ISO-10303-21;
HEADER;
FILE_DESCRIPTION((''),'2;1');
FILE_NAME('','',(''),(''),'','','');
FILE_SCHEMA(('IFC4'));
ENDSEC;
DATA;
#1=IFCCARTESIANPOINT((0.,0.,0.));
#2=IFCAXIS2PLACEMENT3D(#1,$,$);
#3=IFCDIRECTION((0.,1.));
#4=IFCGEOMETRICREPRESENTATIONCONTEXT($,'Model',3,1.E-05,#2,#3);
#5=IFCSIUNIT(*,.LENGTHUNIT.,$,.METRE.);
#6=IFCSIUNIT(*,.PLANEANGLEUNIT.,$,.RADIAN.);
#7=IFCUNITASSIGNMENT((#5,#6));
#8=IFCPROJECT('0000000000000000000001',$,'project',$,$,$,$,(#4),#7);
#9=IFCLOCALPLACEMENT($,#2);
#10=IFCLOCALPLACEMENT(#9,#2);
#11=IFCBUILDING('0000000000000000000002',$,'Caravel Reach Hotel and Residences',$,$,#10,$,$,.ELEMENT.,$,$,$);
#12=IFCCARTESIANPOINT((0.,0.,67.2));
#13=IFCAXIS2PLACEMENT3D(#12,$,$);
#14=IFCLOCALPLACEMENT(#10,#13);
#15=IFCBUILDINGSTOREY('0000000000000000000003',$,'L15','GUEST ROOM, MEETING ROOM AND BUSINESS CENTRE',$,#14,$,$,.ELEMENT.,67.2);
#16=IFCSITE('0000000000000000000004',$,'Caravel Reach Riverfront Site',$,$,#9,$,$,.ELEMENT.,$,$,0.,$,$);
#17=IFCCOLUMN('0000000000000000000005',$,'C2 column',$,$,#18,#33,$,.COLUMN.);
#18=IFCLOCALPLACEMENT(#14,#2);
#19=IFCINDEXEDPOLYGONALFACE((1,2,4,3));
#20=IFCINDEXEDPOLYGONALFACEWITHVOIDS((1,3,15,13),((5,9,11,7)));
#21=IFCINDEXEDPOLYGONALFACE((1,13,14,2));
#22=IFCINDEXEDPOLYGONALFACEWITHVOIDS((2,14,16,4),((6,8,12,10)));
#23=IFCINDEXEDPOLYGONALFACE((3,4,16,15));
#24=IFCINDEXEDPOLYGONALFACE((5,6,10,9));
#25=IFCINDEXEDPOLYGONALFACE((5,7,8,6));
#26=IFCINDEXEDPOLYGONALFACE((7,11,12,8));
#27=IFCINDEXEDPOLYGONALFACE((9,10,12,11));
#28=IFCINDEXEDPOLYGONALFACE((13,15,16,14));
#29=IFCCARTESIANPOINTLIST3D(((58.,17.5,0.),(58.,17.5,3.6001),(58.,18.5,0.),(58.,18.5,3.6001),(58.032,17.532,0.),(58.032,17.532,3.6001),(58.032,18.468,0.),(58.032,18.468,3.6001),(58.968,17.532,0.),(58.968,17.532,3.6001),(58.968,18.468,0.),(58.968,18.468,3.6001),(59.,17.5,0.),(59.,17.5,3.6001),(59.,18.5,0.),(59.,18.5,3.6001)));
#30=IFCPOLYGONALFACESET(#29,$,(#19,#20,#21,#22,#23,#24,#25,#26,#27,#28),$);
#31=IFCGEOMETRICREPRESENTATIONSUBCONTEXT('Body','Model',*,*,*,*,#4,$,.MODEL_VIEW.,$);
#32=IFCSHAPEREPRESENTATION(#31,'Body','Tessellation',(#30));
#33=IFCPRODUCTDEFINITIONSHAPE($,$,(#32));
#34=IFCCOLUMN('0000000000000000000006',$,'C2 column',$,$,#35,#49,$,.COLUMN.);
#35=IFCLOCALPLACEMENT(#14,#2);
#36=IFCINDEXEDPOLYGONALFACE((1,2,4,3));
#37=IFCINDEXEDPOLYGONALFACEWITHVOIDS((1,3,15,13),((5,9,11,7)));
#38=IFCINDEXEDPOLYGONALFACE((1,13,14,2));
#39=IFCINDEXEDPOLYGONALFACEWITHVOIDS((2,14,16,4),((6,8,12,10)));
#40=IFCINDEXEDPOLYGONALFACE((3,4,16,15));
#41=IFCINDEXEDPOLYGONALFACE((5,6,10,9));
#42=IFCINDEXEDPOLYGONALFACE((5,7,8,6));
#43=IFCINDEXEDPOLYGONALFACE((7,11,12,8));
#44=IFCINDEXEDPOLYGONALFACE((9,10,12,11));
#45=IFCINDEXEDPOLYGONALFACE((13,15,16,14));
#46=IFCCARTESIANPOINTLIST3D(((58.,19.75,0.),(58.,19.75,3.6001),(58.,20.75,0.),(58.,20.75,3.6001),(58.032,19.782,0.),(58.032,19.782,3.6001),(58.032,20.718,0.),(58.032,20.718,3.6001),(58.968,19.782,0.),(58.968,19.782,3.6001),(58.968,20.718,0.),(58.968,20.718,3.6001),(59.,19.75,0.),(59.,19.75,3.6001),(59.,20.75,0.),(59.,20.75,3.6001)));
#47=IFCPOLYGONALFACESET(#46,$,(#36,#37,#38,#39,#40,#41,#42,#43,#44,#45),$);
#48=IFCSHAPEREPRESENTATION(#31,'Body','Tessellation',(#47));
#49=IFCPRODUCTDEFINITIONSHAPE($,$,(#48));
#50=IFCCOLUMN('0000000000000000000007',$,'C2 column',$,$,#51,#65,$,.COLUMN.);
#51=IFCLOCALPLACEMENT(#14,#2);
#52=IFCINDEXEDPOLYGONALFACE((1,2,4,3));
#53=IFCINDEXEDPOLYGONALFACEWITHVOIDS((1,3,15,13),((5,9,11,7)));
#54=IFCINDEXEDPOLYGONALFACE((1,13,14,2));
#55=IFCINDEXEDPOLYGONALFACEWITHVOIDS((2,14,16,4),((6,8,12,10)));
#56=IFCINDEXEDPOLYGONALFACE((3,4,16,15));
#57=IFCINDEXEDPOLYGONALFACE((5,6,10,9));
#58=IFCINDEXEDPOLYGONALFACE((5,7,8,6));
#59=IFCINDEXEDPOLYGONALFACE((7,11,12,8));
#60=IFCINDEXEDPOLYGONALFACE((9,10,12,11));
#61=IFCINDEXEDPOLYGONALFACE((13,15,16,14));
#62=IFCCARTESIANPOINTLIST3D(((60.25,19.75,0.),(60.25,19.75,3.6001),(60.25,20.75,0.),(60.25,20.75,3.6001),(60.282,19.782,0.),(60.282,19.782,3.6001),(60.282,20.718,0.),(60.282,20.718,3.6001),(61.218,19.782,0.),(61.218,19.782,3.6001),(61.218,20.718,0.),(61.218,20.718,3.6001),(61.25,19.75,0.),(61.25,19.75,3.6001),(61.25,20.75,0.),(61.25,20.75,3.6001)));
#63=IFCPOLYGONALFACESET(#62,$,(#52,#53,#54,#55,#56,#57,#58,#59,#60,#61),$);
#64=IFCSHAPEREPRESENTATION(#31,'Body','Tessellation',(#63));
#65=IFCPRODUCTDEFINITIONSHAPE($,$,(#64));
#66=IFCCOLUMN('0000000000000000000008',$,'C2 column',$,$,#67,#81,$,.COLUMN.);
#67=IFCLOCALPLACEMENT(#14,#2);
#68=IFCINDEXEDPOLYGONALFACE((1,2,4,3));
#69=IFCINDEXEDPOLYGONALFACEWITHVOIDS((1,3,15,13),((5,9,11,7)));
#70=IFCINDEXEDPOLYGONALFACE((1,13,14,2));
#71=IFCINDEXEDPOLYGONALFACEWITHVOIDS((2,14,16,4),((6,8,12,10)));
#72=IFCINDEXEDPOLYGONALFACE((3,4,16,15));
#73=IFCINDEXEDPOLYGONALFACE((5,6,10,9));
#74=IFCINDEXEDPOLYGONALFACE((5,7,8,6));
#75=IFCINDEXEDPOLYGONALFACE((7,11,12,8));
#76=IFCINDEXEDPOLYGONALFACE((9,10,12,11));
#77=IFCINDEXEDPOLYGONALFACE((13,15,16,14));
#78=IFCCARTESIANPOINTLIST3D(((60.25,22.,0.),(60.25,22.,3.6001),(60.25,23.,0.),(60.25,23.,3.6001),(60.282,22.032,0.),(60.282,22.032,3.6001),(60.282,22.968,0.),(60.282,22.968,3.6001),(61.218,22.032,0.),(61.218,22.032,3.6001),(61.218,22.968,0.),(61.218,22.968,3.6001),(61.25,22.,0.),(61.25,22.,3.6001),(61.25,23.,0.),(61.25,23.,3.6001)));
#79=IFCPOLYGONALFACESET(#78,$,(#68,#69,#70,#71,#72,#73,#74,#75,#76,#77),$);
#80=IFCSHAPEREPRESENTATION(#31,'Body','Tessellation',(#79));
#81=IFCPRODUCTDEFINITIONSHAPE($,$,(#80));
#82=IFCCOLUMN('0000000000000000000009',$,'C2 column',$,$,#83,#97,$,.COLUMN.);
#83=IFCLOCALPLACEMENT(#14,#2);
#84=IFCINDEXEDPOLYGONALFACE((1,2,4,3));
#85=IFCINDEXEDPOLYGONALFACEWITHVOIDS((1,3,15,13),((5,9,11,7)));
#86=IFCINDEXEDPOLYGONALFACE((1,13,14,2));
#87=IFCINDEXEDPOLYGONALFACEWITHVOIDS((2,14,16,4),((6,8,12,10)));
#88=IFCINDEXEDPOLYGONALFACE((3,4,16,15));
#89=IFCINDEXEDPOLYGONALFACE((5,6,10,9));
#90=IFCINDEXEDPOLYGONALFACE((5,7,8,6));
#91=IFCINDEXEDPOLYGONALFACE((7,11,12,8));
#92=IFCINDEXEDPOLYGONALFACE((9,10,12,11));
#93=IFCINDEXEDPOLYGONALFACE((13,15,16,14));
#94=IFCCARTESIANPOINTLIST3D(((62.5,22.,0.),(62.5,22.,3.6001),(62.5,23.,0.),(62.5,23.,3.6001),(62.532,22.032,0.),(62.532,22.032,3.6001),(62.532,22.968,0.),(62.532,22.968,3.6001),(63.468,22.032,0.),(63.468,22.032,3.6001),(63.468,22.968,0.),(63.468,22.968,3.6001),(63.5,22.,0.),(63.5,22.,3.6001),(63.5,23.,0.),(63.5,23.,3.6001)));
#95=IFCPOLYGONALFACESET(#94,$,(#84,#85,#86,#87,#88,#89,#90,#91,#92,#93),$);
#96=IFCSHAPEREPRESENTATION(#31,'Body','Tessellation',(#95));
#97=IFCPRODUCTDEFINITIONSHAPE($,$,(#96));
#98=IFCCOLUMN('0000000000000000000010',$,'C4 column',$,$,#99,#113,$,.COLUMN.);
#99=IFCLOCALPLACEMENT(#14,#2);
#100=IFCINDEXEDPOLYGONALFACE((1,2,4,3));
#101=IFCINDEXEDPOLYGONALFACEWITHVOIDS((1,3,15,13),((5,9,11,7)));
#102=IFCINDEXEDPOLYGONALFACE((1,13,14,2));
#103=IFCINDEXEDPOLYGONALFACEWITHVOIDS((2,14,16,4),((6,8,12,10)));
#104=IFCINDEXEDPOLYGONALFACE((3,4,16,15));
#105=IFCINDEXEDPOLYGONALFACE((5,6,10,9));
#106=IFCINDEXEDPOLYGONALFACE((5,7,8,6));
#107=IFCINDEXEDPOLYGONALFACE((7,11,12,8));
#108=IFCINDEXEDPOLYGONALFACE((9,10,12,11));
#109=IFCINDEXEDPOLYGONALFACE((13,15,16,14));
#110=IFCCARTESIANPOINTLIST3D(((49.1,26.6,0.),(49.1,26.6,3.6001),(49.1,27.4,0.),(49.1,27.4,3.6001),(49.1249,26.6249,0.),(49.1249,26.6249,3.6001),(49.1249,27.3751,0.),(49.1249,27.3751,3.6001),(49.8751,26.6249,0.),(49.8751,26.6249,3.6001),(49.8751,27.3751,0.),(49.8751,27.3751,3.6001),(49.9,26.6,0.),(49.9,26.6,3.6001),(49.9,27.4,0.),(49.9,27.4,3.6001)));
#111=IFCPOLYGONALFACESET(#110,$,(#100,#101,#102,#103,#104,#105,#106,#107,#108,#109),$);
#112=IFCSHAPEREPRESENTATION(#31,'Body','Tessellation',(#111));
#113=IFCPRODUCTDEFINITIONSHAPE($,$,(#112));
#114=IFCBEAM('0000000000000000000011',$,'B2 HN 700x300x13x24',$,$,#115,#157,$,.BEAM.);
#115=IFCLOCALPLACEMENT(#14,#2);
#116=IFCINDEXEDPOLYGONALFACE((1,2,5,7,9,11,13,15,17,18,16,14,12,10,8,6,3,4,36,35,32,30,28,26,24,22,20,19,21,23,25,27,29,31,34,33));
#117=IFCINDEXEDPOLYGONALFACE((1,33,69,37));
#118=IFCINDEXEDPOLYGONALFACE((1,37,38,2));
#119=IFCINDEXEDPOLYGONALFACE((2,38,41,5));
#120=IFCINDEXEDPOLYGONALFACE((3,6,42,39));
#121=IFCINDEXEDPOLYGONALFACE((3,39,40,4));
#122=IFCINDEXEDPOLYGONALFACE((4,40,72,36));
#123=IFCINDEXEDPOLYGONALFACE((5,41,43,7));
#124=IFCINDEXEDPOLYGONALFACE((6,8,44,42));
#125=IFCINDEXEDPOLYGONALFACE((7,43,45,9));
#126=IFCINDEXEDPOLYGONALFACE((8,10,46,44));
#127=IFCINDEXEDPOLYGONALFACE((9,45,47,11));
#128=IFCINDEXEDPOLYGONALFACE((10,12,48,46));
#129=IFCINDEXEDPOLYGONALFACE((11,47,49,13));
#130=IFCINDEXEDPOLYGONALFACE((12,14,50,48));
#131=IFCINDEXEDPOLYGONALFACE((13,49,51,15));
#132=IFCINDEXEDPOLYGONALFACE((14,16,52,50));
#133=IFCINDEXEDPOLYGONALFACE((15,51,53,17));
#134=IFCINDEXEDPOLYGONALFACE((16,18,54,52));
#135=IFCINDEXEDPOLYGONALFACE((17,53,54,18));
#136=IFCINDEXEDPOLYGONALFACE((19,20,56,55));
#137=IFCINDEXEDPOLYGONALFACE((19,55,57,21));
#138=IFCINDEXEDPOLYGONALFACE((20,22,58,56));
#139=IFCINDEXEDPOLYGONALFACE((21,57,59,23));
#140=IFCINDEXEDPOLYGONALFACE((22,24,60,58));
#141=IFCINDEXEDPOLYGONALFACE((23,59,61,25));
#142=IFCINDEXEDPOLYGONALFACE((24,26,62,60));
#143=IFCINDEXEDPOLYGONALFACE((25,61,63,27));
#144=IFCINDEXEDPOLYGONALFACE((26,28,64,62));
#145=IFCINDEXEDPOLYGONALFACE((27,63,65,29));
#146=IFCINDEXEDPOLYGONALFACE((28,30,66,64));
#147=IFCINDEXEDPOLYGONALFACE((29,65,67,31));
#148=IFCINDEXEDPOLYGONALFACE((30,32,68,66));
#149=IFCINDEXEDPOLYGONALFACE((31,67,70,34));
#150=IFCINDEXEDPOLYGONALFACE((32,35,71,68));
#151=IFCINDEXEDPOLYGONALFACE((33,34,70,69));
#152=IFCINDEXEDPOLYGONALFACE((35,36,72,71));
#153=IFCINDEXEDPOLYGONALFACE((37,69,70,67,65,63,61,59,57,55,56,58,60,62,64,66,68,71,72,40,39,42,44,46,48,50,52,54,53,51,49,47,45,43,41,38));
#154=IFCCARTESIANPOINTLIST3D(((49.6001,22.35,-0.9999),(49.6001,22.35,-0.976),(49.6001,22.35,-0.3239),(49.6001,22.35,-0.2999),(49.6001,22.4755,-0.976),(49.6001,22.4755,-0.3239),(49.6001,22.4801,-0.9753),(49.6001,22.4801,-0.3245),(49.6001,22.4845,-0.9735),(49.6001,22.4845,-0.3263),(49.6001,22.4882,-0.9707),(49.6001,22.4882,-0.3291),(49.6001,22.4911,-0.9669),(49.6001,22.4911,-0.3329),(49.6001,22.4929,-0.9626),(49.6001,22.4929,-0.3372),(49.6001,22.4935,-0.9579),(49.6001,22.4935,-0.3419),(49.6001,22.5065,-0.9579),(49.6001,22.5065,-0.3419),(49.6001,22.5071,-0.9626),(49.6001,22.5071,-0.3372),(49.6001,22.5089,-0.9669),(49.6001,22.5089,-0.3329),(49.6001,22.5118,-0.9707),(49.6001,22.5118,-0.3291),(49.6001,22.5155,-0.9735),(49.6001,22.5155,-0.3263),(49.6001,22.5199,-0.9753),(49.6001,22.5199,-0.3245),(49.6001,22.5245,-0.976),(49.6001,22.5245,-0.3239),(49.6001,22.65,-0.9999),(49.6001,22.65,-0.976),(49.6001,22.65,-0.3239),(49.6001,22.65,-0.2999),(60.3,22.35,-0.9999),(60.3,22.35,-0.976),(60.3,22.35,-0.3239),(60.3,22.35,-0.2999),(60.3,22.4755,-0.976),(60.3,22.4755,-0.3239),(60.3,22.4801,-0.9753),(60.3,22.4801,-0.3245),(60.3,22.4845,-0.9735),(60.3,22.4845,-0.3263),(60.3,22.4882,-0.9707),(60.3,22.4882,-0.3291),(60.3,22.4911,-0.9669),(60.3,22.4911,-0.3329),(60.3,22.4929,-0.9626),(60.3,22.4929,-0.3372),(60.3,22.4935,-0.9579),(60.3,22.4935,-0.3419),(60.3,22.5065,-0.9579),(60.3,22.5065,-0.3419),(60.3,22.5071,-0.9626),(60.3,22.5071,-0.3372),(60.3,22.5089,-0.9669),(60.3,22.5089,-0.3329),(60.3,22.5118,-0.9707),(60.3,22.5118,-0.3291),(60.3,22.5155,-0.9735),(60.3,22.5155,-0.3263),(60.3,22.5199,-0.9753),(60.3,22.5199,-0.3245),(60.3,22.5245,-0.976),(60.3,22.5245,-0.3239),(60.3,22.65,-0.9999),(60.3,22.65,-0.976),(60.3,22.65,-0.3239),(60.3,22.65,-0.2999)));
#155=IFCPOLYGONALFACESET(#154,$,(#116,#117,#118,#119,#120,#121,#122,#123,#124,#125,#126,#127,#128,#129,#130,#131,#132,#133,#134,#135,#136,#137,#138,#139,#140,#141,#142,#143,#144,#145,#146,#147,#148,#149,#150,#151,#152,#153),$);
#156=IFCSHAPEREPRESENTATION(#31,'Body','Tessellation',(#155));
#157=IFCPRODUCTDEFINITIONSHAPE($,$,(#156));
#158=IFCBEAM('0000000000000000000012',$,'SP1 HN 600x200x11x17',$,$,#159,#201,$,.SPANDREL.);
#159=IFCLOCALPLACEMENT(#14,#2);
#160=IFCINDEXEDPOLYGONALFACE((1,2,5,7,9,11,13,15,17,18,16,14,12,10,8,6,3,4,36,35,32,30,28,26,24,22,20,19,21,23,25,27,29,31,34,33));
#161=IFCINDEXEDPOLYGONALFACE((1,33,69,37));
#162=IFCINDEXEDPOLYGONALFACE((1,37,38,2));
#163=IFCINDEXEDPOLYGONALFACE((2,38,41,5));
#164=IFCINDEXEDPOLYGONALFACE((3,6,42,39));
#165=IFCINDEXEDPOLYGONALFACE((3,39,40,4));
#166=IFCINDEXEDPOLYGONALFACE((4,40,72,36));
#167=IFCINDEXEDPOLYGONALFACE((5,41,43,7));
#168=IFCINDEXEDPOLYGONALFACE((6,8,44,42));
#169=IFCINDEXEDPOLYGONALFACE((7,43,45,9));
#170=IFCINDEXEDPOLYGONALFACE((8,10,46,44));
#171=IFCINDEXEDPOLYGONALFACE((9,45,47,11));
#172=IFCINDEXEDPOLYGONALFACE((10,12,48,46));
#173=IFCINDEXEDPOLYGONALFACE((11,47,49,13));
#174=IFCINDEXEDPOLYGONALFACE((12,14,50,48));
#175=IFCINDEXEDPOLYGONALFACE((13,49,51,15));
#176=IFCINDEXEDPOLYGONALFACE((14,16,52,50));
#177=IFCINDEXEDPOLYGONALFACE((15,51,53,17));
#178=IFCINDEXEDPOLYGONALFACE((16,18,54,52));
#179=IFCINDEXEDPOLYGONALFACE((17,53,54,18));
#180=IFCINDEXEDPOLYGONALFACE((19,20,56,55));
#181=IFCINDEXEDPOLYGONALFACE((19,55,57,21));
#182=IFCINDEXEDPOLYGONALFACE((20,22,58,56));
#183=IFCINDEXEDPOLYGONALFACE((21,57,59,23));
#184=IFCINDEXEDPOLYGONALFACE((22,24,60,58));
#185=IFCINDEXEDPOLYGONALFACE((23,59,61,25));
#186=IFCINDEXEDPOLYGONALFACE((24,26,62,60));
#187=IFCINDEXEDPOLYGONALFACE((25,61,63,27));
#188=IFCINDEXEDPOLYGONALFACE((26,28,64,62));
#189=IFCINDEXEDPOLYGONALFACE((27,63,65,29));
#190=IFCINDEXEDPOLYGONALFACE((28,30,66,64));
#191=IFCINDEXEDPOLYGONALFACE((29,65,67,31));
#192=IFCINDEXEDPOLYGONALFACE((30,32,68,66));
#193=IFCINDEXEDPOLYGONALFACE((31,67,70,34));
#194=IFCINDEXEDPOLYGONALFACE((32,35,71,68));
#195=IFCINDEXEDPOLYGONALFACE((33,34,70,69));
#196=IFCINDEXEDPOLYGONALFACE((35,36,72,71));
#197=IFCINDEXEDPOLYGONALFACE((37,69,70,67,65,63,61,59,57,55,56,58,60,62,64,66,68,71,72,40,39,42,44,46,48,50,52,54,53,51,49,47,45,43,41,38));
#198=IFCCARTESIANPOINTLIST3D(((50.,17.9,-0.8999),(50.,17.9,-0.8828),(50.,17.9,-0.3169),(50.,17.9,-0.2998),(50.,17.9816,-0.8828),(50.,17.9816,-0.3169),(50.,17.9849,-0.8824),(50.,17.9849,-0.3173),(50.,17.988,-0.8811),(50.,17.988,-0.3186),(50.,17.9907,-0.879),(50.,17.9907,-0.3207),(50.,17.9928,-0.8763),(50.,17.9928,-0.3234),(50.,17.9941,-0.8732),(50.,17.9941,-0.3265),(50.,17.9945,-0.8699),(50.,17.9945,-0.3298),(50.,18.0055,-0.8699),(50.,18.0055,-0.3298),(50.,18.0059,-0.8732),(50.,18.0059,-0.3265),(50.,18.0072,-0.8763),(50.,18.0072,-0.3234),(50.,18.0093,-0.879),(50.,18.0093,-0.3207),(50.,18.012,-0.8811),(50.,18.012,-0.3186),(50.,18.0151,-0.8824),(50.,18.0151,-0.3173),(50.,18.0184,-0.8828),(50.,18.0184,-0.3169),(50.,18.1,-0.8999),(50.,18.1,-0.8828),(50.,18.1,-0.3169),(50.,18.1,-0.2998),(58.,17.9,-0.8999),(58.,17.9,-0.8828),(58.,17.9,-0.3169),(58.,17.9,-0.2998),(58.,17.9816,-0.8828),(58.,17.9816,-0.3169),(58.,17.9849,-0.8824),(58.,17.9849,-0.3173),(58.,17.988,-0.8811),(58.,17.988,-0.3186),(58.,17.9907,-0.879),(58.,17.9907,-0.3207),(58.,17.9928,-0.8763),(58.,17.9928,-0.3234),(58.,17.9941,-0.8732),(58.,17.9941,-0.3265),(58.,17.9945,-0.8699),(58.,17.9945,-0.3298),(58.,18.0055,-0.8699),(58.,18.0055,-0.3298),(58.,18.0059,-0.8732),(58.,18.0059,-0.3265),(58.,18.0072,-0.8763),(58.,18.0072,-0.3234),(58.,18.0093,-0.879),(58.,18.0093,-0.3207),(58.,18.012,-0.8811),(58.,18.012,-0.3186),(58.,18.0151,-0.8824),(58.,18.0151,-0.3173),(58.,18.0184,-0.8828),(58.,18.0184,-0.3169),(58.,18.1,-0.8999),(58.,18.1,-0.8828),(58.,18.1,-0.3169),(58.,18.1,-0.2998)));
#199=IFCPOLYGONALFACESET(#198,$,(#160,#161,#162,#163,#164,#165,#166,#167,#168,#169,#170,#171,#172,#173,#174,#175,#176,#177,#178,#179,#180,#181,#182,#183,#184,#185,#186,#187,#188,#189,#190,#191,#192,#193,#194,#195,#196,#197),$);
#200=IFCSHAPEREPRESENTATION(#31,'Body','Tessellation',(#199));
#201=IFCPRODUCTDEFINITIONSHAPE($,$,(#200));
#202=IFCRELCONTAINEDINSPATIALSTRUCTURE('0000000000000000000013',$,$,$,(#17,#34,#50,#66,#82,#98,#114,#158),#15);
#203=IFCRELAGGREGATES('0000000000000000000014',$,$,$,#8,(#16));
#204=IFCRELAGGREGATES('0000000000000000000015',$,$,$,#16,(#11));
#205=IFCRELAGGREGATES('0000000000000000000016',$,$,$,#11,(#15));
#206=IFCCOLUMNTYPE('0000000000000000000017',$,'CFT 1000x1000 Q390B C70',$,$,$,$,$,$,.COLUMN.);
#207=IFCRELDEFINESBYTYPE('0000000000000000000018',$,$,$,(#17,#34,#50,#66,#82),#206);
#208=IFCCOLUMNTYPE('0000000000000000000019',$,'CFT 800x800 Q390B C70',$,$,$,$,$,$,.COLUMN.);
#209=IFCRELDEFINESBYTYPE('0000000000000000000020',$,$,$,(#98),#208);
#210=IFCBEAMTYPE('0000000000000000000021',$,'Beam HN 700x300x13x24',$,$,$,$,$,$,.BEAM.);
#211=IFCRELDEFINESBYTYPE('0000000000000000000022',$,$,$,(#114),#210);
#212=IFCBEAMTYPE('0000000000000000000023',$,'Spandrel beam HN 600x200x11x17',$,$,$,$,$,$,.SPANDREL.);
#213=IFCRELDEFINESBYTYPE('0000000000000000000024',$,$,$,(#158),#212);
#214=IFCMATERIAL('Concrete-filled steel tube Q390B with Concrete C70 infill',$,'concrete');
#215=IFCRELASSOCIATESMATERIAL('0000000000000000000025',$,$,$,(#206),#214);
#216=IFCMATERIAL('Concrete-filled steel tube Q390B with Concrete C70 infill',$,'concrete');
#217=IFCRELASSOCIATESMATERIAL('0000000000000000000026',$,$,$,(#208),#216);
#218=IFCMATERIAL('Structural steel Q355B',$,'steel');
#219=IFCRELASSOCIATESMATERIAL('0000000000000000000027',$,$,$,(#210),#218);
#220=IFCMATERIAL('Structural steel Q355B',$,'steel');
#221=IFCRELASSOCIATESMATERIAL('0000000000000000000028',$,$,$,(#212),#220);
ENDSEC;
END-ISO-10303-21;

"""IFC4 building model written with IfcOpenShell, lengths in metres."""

from ifc_helpers import new_model, si_unit, direction, frame, origin, origin_2d, place, context, subcontext, project, spatial, hollow_rectangle, i_section, extrude, material, material_profile, profile_set, type_object, element, save


model = new_model("IFC4")

# Units and contexts
model_context = context("Model", 3, precision=1e-05, world=origin(), true_north=direction((0.0, 1.0)))
body_context = subcontext(model_context, "Body", "Model", "MODEL_VIEW")
ifc_project = project(units=[si_unit("LENGTHUNIT", "METRE"), si_unit("PLANEANGLEUNIT", "RADIAN")], contexts=[model_context])

# Site, building, storey
site_placement = place(None, origin())
site = spatial("IfcSite", under=ifc_project, at=site_placement, Name="Caravel Reach Riverfront Site", CompositionType="ELEMENT", RefElevation=0.0)
building_placement = place(site_placement, origin())
building = spatial("IfcBuilding", under=site, at=building_placement, Name="Caravel Reach Hotel and Residences", CompositionType="ELEMENT")
storey_placement = place(building_placement, frame((0.0, 0.0, 67.2)))
storey = spatial("IfcBuildingStorey", under=building, at=storey_placement, Name="L15", Description="GUEST ROOM, MEETING ROOM AND BUSINESS CENTRE", CompositionType="ELEMENT", Elevation=67.2)

# Columns
ifc_material_1 = material(Name="Concrete-filled steel tube Q390B with Concrete C70 infill", Category="concrete")
ifc_material_profile_1 = material_profile(ifc_material_1, hollow_rectangle(XDim=1.0, YDim=1.0, WallThickness=0.032, at=origin_2d()), Name="RHS 1000x1000x32")
ifc_profile_set_1 = profile_set([ifc_material_profile_1], Name="Concrete-filled steel tube Q390B with Concrete C70 infill")
column_type_1 = type_object("IfcColumnType", Name="CFT 1000x1000 Q390B C70", PredefinedType="COLUMN", material=ifc_profile_set_1)
for number, where, z_axis, x_axis, name in (
    (1, (58.5, 18.0, 0.0), (0.0, 0.0, 1.0), (1.0, 0.0, 0.0), "C2 column"),
    (2, (58.5, 20.25, 0.0), (0.0, 0.0, 1.0), (1.0, 0.0, 0.0), "C2 column"),
    (3, (60.75, 20.25, 0.0), (0.0, 0.0, 1.0), (1.0, 0.0, 0.0), "C2 column"),
    (4, (60.75, 22.5, 0.0), (0.0, 0.0, 1.0), (1.0, 0.0, 0.0), "C2 column"),
    (5, (63.0, 22.5, 0.0), (0.0, 0.0, 1.0), (1.0, 0.0, 0.0), "C2 column"),
):
    element("IfcColumn", number, at=place(storey_placement, frame(where, z_axis=z_axis, x_axis=x_axis)), inside=storey, type_object=column_type_1, Name=name, PredefinedType="COLUMN", context=body_context, shape_type="SweptSolid", body=[
        extrude(hollow_rectangle(XDim=1.0, YDim=1.0, WallThickness=0.032, at=origin_2d()), origin(), (0.0, 0.0, 1.0), 3.6001),
    ])
ifc_material_2 = material(Name="Concrete-filled steel tube Q390B with Concrete C70 infill", Category="concrete")
ifc_material_profile_2 = material_profile(ifc_material_2, hollow_rectangle(XDim=0.8, YDim=0.8, WallThickness=0.0249, at=origin_2d()), Name="RHS 800x800x25")
ifc_profile_set_2 = profile_set([ifc_material_profile_2], Name="Concrete-filled steel tube Q390B with Concrete C70 infill")
column_type_2 = type_object("IfcColumnType", Name="CFT 800x800 Q390B C70", PredefinedType="COLUMN", material=ifc_profile_set_2)
column_placement = place(storey_placement, frame((49.5, 27.0, 0.0), z_axis=(0.0, 0.0, 1.0), x_axis=(1.0, 0.0, 0.0)))
element("IfcColumn", 6, at=column_placement, inside=storey, type_object=column_type_2, Name="C4 column", PredefinedType="COLUMN", context=body_context, shape_type="SweptSolid", body=[
    extrude(hollow_rectangle(XDim=0.8, YDim=0.8, WallThickness=0.0249, at=origin_2d()), origin(), (0.0, 0.0, 1.0), 3.6001),
])

# Beams
ifc_material_3 = material(Name="Structural steel Q355B", Category="steel")
ifc_material_profile_3 = material_profile(ifc_material_3, i_section(OverallWidth=0.3, OverallDepth=0.7, WebThickness=0.0129, FlangeThickness=0.0239, FilletRadius=0.0181, at=origin_2d()), Name="HN 700x300x13x24")
ifc_profile_set_3 = profile_set([ifc_material_profile_3], Name="Structural steel Q355B")
beam_type_1 = type_object("IfcBeamType", Name="Beam HN 700x300x13x24", PredefinedType="BEAM", material=ifc_profile_set_3)
beam_1_placement = place(storey_placement, frame((49.6001, 22.5, -0.6499), z_axis=(1.0, 0.0, 0.0), x_axis=(0.0, 1.0, 0.0)))
element("IfcBeam", 7, at=beam_1_placement, inside=storey, type_object=beam_type_1, Name="B2 HN 700x300x13x24", PredefinedType="BEAM", context=body_context, shape_type="SweptSolid", body=[
    extrude(i_section(OverallWidth=0.3, OverallDepth=0.7, WebThickness=0.0129, FlangeThickness=0.0239, FilletRadius=0.0181, at=origin_2d()), origin(), (0.0, 0.0, 1.0), 10.7),
])
ifc_material_4 = material(Name="Structural steel Q355B", Category="steel")
ifc_material_profile_4 = material_profile(ifc_material_4, i_section(OverallWidth=0.2, OverallDepth=0.6001, WebThickness=0.011, FlangeThickness=0.0171, FilletRadius=0.0129, at=origin_2d()), Name="HN 600x200x11x17")
ifc_profile_set_4 = profile_set([ifc_material_profile_4], Name="Structural steel Q355B")
beam_type_2 = type_object("IfcBeamType", Name="Spandrel beam HN 600x200x11x17", PredefinedType="SPANDREL", material=ifc_profile_set_4)
beam_2_placement = place(storey_placement, frame((50.0, 18.0, -0.5999), z_axis=(1.0, 0.0, 0.0), x_axis=(0.0, 1.0, 0.0)))
element("IfcBeam", 8, at=beam_2_placement, inside=storey, type_object=beam_type_2, Name="SP1 HN 600x200x11x17", PredefinedType="SPANDREL", context=body_context, shape_type="SweptSolid", body=[
    extrude(i_section(OverallWidth=0.2, OverallDepth=0.6001, WebThickness=0.011, FlangeThickness=0.0171, FilletRadius=0.0129, at=origin_2d()), origin(), (0.0, 0.0, 1.0), 8.0),
])

save(model, "model.ifc")
